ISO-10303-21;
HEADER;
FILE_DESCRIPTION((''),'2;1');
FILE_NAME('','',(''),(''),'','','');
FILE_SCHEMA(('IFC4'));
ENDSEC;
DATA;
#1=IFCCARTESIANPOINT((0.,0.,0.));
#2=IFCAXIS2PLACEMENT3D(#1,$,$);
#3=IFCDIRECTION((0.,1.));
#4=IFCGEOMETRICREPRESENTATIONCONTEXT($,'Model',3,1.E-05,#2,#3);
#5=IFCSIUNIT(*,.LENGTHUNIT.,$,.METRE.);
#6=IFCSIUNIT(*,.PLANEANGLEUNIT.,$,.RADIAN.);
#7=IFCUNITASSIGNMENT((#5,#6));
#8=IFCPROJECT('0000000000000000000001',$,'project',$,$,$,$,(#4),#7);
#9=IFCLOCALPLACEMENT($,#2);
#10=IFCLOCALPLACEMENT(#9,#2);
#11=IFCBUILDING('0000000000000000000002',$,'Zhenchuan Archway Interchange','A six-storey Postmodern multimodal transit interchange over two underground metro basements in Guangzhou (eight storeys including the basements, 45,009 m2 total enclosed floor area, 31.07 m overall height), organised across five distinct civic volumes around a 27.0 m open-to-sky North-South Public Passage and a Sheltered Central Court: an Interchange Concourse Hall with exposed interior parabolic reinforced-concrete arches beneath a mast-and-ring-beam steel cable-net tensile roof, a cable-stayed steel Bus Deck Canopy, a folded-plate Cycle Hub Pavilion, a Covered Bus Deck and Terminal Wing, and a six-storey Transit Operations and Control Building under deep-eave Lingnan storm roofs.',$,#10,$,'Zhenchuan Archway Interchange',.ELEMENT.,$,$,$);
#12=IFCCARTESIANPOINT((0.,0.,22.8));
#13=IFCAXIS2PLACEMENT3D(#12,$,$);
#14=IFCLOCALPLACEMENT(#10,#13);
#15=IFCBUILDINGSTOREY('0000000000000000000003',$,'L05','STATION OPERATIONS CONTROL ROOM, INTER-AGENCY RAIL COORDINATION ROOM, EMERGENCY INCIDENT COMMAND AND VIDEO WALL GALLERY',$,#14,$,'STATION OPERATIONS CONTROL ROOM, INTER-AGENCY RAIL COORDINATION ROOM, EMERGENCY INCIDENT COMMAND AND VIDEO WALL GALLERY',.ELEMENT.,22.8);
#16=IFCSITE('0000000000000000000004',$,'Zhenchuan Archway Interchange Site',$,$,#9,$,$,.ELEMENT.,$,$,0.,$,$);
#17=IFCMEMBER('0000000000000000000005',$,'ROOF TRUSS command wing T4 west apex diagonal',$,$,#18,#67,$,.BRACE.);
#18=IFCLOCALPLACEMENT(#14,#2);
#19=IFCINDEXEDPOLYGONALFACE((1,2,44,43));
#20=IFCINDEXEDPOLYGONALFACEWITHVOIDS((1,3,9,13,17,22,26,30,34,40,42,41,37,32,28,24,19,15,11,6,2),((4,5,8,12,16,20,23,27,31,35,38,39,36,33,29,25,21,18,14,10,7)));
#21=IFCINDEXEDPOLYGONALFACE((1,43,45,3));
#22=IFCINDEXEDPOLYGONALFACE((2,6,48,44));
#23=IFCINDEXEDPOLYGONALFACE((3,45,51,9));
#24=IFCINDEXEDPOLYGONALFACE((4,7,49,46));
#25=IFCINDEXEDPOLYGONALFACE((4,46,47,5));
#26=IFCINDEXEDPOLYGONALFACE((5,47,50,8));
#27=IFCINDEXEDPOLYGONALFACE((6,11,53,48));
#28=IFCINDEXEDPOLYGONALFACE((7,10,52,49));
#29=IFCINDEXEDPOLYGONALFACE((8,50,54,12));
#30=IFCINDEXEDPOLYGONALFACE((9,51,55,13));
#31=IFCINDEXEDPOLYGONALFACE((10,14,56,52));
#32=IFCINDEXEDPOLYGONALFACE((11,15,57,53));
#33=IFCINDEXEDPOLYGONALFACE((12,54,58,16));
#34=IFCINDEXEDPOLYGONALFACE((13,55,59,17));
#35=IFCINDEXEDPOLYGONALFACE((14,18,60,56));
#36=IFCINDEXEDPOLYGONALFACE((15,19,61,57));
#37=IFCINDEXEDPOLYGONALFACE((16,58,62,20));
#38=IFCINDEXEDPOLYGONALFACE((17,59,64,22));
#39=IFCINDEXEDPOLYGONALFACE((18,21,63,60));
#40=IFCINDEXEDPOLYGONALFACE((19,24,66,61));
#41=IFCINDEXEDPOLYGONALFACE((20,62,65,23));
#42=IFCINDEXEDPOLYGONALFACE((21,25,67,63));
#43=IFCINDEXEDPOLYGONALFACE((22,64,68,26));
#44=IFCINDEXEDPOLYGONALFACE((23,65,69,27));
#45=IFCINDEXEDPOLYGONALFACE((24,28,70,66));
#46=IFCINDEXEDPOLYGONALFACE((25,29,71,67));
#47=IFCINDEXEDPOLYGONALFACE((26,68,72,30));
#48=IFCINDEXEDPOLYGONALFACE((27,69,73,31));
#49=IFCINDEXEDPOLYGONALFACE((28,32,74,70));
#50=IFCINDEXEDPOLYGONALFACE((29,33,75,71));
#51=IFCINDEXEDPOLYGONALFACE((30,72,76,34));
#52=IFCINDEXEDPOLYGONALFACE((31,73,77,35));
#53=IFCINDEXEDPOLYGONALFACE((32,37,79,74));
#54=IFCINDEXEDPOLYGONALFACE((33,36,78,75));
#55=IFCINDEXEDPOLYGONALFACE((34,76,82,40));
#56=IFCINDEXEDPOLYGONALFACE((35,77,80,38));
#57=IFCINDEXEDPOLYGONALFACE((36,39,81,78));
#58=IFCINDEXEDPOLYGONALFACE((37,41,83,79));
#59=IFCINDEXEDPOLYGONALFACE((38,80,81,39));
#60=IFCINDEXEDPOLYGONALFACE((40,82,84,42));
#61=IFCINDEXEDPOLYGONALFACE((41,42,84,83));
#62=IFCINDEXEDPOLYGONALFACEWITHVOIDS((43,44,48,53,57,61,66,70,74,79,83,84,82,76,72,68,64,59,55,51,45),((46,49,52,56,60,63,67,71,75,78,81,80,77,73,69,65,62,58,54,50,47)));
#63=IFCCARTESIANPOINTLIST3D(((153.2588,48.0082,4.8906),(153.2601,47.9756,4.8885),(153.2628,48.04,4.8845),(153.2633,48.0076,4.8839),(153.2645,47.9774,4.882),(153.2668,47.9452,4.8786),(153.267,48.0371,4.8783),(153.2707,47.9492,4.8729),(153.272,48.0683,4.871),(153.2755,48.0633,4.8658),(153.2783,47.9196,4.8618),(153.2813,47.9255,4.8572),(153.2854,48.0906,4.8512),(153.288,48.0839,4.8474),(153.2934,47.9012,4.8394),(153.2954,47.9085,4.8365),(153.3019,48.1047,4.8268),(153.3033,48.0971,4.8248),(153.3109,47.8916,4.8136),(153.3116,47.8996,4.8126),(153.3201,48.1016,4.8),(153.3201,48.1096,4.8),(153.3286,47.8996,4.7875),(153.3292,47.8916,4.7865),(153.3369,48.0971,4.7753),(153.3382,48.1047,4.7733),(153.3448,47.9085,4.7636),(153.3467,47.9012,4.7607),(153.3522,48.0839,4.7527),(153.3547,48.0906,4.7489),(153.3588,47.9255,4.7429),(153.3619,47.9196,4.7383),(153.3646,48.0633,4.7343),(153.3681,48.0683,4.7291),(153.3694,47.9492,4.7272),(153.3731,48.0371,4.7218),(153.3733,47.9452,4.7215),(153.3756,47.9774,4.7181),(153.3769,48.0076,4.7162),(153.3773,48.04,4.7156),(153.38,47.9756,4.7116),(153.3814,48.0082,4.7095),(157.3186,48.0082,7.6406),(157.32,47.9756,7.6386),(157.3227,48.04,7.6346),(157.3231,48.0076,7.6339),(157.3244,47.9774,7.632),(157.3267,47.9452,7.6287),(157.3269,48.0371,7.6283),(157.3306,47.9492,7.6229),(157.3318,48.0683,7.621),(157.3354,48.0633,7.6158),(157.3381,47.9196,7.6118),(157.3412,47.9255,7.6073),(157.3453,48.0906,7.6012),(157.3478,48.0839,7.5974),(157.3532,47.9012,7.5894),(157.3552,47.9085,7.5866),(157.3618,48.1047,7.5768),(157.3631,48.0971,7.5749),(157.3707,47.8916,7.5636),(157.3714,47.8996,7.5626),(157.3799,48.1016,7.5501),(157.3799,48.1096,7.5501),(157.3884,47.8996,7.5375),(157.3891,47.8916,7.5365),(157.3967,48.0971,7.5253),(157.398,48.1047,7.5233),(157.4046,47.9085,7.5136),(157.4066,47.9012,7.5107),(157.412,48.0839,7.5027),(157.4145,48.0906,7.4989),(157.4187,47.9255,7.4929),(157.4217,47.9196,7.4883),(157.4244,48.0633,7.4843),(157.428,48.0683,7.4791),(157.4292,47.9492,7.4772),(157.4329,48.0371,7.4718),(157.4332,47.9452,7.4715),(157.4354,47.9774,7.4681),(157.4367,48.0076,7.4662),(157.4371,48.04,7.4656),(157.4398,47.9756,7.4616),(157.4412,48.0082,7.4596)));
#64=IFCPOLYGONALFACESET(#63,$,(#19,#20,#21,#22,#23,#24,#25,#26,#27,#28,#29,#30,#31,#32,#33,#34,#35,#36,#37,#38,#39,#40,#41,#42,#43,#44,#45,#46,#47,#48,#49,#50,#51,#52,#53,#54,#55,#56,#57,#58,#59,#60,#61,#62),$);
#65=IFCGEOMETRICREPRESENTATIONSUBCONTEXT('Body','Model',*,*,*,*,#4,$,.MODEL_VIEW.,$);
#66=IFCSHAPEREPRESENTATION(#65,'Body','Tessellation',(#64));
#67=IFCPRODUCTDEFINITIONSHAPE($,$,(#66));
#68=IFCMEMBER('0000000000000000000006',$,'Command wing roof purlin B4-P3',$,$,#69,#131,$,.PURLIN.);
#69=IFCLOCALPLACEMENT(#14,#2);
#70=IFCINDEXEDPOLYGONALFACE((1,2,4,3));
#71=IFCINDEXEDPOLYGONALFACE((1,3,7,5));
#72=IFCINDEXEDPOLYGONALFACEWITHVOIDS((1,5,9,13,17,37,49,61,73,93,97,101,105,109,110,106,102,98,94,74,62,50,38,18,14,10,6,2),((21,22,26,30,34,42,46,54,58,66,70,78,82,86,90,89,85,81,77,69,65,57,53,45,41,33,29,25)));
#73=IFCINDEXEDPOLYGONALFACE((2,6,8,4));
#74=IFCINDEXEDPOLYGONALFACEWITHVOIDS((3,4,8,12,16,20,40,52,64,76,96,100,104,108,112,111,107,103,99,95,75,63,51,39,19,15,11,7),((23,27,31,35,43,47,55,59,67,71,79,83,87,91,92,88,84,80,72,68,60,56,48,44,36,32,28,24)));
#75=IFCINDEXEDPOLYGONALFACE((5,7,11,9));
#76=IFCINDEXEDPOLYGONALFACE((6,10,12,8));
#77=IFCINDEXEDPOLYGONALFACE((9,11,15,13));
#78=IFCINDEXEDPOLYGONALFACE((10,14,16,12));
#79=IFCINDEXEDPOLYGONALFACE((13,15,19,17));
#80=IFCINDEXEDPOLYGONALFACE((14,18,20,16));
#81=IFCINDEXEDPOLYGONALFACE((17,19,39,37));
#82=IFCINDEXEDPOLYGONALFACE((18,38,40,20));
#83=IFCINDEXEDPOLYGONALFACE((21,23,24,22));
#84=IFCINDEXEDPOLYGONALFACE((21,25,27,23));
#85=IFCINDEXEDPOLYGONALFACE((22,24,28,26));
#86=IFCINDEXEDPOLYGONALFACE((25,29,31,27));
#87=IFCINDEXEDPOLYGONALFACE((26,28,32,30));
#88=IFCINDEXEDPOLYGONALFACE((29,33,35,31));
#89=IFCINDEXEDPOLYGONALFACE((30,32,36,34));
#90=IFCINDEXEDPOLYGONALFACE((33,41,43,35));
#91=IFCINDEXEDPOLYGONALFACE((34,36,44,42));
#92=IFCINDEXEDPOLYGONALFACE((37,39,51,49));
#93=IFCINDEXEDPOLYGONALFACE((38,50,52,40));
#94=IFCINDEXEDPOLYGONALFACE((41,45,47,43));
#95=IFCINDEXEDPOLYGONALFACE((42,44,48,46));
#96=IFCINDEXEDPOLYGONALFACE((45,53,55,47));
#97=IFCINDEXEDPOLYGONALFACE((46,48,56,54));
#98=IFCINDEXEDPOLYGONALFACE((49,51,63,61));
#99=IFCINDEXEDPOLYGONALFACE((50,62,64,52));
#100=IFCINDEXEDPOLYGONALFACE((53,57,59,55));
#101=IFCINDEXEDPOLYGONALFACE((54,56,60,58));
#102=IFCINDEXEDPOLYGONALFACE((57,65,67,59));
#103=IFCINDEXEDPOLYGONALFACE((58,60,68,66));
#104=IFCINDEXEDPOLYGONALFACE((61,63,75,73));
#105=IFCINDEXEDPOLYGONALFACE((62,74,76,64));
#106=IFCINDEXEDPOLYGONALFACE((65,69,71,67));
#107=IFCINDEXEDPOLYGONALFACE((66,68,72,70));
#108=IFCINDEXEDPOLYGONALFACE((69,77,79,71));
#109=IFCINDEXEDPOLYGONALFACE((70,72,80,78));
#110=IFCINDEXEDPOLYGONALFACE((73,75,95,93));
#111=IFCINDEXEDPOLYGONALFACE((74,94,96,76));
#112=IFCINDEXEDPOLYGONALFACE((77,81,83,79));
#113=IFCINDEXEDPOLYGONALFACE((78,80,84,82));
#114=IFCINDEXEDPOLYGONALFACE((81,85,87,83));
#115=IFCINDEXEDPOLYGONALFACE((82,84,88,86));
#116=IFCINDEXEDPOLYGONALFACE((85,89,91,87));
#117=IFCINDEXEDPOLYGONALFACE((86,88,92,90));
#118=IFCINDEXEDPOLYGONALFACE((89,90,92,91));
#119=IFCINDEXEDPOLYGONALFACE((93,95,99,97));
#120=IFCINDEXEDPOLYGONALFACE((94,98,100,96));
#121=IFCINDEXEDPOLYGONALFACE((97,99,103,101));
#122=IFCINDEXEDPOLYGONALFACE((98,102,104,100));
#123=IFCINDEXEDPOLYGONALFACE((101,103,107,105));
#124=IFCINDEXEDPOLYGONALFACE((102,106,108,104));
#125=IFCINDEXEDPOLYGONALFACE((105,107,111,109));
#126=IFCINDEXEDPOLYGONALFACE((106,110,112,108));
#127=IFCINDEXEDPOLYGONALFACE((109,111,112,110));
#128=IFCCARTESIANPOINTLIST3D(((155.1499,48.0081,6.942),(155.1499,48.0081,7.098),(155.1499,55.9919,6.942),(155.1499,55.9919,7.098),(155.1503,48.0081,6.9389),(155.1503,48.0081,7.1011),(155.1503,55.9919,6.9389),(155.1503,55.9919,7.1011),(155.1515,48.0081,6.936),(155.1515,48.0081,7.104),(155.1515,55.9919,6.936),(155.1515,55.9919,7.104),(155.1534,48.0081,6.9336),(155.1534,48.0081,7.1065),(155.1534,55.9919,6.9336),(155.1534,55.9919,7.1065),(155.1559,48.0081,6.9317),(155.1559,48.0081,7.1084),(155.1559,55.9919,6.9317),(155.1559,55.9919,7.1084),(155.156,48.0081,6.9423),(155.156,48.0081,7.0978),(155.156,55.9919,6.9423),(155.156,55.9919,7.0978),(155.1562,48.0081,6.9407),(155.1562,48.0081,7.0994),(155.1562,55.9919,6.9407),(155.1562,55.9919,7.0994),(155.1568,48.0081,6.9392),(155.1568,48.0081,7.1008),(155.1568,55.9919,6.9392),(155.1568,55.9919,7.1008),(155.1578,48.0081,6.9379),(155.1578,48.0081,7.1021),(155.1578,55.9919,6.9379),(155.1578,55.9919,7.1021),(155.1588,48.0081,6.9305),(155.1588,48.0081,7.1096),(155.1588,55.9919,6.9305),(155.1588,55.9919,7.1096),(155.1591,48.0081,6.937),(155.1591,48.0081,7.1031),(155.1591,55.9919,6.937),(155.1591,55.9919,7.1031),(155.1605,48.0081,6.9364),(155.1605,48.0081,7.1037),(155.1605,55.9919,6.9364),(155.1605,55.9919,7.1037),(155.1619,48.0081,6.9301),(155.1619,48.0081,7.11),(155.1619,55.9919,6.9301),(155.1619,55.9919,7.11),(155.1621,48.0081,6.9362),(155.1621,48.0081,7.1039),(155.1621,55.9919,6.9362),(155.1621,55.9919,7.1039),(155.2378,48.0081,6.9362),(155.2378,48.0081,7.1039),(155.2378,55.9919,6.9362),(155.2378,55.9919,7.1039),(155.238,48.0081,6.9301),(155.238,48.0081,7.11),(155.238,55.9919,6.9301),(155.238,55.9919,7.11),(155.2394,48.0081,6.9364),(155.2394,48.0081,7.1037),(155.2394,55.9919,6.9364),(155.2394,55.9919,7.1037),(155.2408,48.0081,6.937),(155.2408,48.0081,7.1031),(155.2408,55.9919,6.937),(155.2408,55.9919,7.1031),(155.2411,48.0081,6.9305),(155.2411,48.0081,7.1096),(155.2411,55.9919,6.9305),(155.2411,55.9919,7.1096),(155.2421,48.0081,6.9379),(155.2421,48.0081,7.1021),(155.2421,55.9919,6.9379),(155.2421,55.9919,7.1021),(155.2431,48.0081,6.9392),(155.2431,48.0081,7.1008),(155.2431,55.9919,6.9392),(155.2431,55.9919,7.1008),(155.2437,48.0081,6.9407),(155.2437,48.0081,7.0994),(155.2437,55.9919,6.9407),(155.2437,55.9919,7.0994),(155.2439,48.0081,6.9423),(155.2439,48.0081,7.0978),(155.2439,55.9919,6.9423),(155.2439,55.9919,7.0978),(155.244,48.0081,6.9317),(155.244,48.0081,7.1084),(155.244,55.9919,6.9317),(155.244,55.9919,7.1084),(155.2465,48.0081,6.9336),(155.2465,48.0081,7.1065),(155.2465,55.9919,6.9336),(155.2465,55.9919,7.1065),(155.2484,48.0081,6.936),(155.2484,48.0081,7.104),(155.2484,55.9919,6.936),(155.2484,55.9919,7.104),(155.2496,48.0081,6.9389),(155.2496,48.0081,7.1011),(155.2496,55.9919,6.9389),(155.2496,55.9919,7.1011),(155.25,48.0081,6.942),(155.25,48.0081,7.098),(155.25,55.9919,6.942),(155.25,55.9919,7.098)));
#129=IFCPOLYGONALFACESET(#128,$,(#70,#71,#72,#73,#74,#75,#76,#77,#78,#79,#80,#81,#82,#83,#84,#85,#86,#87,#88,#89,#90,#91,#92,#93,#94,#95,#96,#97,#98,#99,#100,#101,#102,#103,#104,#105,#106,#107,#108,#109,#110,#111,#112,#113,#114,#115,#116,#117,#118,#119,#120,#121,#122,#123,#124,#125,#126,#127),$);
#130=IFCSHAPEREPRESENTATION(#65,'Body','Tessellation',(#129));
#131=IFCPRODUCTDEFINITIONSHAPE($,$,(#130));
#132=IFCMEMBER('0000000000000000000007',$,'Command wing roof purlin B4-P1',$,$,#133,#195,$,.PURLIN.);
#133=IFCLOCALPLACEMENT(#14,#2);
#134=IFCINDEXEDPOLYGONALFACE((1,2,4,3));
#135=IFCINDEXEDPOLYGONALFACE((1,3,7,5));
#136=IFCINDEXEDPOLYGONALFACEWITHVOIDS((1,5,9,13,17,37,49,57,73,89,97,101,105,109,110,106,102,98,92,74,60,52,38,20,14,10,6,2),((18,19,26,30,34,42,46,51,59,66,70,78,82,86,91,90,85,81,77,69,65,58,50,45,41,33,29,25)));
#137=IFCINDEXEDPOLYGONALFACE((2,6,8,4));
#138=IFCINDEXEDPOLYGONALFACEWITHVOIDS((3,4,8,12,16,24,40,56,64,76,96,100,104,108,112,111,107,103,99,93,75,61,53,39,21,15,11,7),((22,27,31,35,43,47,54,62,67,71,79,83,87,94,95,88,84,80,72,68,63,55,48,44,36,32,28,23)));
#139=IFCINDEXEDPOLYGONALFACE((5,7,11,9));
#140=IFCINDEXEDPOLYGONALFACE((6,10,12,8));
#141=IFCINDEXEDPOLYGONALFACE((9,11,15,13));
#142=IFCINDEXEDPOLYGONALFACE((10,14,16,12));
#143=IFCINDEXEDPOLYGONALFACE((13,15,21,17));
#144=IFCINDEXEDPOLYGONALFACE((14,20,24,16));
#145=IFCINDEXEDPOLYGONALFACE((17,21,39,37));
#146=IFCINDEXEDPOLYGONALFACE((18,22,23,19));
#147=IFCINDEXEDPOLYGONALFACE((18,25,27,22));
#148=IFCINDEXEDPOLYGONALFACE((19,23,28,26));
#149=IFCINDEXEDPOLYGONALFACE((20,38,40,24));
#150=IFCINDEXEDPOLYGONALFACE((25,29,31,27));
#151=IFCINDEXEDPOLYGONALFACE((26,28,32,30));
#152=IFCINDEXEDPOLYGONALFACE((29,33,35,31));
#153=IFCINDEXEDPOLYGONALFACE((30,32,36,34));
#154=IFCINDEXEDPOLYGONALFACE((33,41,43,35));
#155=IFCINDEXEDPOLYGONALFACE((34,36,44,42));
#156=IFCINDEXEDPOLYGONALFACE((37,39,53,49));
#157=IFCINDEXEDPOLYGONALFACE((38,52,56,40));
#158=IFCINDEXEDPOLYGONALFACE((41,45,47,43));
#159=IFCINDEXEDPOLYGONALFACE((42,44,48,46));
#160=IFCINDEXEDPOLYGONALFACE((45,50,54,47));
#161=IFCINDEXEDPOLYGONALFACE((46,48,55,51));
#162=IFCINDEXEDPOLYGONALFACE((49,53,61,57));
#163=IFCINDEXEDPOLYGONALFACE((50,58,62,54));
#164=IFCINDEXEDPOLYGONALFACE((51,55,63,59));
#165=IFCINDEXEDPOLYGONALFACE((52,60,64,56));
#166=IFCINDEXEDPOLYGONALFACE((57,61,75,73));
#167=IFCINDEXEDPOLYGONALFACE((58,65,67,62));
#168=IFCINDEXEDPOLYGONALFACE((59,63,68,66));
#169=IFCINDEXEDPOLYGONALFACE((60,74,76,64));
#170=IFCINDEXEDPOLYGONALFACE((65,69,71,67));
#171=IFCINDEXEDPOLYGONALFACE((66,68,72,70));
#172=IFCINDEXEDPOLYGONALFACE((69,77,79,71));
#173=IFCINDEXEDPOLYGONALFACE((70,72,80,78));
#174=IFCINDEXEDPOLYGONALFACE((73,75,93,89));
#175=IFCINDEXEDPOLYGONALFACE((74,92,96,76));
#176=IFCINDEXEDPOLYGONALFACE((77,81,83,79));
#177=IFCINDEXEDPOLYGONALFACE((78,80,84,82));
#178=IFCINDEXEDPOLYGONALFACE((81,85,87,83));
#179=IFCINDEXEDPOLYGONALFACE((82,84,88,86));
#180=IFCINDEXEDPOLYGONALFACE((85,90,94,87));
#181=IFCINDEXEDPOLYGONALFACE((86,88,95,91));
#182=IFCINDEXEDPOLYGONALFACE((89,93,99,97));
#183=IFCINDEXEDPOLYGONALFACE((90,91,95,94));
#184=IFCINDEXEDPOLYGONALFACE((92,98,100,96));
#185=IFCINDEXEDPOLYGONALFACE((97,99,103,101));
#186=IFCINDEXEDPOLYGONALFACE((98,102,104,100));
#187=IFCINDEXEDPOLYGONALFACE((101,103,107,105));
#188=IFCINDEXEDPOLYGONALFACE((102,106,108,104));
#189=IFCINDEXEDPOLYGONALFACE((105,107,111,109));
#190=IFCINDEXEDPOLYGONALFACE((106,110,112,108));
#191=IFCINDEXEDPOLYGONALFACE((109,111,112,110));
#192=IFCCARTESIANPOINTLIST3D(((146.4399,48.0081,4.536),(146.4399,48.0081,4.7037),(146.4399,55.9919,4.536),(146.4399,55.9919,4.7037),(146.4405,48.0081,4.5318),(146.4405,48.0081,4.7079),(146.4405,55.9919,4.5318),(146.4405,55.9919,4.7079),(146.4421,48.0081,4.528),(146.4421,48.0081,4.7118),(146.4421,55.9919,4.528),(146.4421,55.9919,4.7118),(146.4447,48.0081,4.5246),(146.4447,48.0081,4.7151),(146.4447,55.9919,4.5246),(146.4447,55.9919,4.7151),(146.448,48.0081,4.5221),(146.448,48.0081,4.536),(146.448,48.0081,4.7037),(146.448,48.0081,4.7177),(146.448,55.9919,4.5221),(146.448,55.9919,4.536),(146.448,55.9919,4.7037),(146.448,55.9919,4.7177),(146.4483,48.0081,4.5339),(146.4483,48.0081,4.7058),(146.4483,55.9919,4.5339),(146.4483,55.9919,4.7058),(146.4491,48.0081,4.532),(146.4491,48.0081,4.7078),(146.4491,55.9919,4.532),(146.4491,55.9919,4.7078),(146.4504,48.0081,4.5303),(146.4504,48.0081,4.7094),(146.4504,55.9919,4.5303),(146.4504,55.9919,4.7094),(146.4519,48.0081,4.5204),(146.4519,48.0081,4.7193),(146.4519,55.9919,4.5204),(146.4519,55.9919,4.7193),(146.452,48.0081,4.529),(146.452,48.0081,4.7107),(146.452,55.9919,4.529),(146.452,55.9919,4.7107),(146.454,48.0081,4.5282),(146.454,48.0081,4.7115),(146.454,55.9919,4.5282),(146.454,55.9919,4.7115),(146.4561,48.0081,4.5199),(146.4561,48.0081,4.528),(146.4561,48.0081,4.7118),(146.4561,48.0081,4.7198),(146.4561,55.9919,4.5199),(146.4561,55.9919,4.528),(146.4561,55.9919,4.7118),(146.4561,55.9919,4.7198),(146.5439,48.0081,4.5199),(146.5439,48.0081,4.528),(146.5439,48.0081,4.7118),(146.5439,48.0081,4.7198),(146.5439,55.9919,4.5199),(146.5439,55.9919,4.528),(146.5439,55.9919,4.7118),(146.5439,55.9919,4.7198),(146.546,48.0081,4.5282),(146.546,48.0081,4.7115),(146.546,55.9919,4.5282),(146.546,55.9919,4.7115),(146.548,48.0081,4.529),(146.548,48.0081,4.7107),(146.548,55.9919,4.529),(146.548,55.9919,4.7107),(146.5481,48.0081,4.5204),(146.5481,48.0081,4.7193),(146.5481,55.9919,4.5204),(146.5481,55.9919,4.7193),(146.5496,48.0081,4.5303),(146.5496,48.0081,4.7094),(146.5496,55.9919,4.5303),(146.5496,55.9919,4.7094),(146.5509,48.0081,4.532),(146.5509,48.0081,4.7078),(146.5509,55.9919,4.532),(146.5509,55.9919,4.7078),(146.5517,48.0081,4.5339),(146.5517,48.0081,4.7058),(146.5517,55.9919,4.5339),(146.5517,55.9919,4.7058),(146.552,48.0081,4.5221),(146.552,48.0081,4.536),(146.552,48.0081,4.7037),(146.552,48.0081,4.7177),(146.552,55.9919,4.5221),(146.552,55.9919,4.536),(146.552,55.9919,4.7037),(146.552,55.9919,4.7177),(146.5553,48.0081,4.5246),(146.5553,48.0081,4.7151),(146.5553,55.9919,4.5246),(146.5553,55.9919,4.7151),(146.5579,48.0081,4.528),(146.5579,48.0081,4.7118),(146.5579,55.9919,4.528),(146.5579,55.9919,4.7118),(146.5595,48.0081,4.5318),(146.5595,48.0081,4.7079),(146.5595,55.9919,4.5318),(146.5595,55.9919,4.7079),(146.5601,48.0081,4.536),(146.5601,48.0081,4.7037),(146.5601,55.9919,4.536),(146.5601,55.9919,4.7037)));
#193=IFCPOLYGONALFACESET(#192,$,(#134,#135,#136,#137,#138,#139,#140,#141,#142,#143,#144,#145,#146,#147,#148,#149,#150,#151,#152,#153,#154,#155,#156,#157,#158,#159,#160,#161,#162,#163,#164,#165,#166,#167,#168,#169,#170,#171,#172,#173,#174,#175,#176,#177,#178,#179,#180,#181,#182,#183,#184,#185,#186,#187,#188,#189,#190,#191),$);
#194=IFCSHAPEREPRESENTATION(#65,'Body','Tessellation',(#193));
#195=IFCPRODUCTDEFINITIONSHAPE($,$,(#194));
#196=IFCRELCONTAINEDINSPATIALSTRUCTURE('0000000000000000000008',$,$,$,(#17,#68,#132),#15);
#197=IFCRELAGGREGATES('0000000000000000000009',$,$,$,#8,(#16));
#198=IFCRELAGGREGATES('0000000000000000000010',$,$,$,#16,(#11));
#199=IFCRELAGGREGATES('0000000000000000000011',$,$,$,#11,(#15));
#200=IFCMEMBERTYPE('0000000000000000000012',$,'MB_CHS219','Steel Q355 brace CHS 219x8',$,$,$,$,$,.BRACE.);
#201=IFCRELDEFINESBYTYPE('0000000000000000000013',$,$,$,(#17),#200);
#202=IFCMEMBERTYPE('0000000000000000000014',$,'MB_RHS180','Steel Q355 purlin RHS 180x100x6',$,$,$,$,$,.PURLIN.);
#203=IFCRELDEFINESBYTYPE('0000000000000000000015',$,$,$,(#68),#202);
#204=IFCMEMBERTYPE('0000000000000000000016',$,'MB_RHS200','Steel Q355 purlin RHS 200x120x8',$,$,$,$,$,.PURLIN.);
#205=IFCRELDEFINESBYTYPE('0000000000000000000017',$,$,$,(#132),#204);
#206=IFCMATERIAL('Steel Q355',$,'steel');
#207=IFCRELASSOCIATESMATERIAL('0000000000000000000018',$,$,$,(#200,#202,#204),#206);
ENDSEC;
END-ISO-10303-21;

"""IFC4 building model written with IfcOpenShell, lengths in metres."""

from ifc_helpers import new_model, si_unit, direction, frame, origin, origin_2d, place, context, subcontext, project, spatial, hollow_rectangle, hollow_circle, extrude, material, material_profile, profile_set, type_object, element, save


model = new_model("IFC4")

# Units and contexts
model_context = context("Model", 3, precision=1e-05, world=origin(), true_north=direction((0.0, 1.0)))
body_context = subcontext(model_context, "Body", "Model", "MODEL_VIEW")
ifc_project = project(units=[si_unit("LENGTHUNIT", "METRE"), si_unit("PLANEANGLEUNIT", "RADIAN")], contexts=[model_context])

# Site, building, storey
site_placement = place(None, origin())
site = spatial("IfcSite", under=ifc_project, at=site_placement, Name="Zhenchuan Archway Interchange Site", CompositionType="ELEMENT", RefElevation=0.0)
building_placement = place(site_placement, origin())
building = spatial("IfcBuilding", under=site, at=building_placement, Name="Zhenchuan Archway Interchange", Description="A six-storey Postmodern multimodal transit interchange over two underground metro basements in Guangzhou (eight storeys including the basements, 45,009 m2 total enclosed floor area, 31.07 m overall height), organised across five distinct civic volumes around a 27.0 m open-to-sky North-South Public Passage and a Sheltered Central Court: an Interchange Concourse Hall with exposed interior parabolic reinforced-concrete arches beneath a mast-and-ring-beam steel cable-net tensile roof, a cable-stayed steel Bus Deck Canopy, a folded-plate Cycle Hub Pavilion, a Covered Bus Deck and Terminal Wing, and a six-storey Transit Operations and Control Building under deep-eave Lingnan storm roofs.", LongName="Zhenchuan Archway Interchange", CompositionType="ELEMENT")
storey_placement = place(building_placement, frame((0.0, 0.0, 22.8)))
storey = spatial("IfcBuildingStorey", under=building, at=storey_placement, Name="L05", Description="STATION OPERATIONS CONTROL ROOM, INTER-AGENCY RAIL COORDINATION ROOM, EMERGENCY INCIDENT COMMAND AND VIDEO WALL GALLERY", LongName="STATION OPERATIONS CONTROL ROOM, INTER-AGENCY RAIL COORDINATION ROOM, EMERGENCY INCIDENT COMMAND AND VIDEO WALL GALLERY", CompositionType="ELEMENT", Elevation=22.8)

# Shared definitions
ifc_material_1 = material(Name="Steel Q355", Category="steel")

# Members
ifc_material_profile_1 = material_profile(ifc_material_1, hollow_circle(Radius=0.1096, WallThickness=0.0081, at=origin_2d()), Name="CHS 219x8")
ifc_profile_set_1 = profile_set([ifc_material_profile_1], Name="Steel Q355")
member_type_1 = type_object("IfcMemberType", Name="MB_CHS219", Description="Steel Q355 brace CHS 219x8", PredefinedType="BRACE", material=ifc_profile_set_1)
member_1_placement = place(storey_placement, frame((153.3201, 48.0, 4.8), z_axis=(0.827937, 0.0, 0.560821), x_axis=(0.0, 1.0, 0.0)))
element("IfcMember", 1, at=member_1_placement, inside=storey, type_object=member_type_1, Name="ROOF TRUSS command wing T4 west apex diagonal", PredefinedType="BRACE", context=body_context, shape_type="SweptSolid", body=[
    extrude(hollow_circle(Radius=0.1096, WallThickness=0.0081, at=origin_2d()), origin(), (0.0, 0.0, 1.0), 4.9036),
])
ifc_material_profile_2 = material_profile(ifc_material_1, hollow_rectangle(XDim=0.1001, YDim=0.1799, WallThickness=0.0061, InnerFilletRadius=0.0061, OuterFilletRadius=0.012, at=origin_2d()), Name="RHS 180x100x6")
ifc_profile_set_2 = profile_set([ifc_material_profile_2], Name="Steel Q355")
member_type_2 = type_object("IfcMemberType", Name="MB_RHS180", Description="Steel Q355 purlin RHS 180x100x6", PredefinedType="PURLIN", material=ifc_profile_set_2)
member_2_placement = place(storey_placement, frame((155.2, 48.0081, 7.02), z_axis=(0.0, 1.0, 0.0), x_axis=(-1.0, 0.0, 0.0)))
element("IfcMember", 2, at=member_2_placement, inside=storey, type_object=member_type_2, Name="Command wing roof purlin B4-P3", PredefinedType="PURLIN", context=body_context, shape_type="SweptSolid", body=[
    extrude(hollow_rectangle(XDim=0.1001, YDim=0.1799, WallThickness=0.0061, InnerFilletRadius=0.0061, OuterFilletRadius=0.012, at=origin_2d()), origin(), (0.0, 0.0, 1.0), 7.9839),
])
ifc_material_profile_3 = material_profile(ifc_material_1, hollow_rectangle(XDim=0.1201, YDim=0.2, WallThickness=0.0081, InnerFilletRadius=0.0081, OuterFilletRadius=0.0161, at=origin_2d()), Name="RHS 200x120x8")
ifc_profile_set_3 = profile_set([ifc_material_profile_3], Name="Steel Q355")
member_type_3 = type_object("IfcMemberType", Name="MB_RHS200", Description="Steel Q355 purlin RHS 200x120x8", PredefinedType="PURLIN", material=ifc_profile_set_3)
member_3_placement = place(storey_placement, frame((146.5, 48.0081, 4.6199), z_axis=(0.0, 1.0, 0.0), x_axis=(-1.0, 0.0, 0.0)))
element("IfcMember", 3, at=member_3_placement, inside=storey, type_object=member_type_3, Name="Command wing roof purlin B4-P1", PredefinedType="PURLIN", context=body_context, shape_type="SweptSolid", body=[
    extrude(hollow_rectangle(XDim=0.1201, YDim=0.2, WallThickness=0.0081, InnerFilletRadius=0.0081, OuterFilletRadius=0.0161, at=origin_2d()), origin(), (0.0, 0.0, 1.0), 7.9839),
])

save(model, "model.ifc")
